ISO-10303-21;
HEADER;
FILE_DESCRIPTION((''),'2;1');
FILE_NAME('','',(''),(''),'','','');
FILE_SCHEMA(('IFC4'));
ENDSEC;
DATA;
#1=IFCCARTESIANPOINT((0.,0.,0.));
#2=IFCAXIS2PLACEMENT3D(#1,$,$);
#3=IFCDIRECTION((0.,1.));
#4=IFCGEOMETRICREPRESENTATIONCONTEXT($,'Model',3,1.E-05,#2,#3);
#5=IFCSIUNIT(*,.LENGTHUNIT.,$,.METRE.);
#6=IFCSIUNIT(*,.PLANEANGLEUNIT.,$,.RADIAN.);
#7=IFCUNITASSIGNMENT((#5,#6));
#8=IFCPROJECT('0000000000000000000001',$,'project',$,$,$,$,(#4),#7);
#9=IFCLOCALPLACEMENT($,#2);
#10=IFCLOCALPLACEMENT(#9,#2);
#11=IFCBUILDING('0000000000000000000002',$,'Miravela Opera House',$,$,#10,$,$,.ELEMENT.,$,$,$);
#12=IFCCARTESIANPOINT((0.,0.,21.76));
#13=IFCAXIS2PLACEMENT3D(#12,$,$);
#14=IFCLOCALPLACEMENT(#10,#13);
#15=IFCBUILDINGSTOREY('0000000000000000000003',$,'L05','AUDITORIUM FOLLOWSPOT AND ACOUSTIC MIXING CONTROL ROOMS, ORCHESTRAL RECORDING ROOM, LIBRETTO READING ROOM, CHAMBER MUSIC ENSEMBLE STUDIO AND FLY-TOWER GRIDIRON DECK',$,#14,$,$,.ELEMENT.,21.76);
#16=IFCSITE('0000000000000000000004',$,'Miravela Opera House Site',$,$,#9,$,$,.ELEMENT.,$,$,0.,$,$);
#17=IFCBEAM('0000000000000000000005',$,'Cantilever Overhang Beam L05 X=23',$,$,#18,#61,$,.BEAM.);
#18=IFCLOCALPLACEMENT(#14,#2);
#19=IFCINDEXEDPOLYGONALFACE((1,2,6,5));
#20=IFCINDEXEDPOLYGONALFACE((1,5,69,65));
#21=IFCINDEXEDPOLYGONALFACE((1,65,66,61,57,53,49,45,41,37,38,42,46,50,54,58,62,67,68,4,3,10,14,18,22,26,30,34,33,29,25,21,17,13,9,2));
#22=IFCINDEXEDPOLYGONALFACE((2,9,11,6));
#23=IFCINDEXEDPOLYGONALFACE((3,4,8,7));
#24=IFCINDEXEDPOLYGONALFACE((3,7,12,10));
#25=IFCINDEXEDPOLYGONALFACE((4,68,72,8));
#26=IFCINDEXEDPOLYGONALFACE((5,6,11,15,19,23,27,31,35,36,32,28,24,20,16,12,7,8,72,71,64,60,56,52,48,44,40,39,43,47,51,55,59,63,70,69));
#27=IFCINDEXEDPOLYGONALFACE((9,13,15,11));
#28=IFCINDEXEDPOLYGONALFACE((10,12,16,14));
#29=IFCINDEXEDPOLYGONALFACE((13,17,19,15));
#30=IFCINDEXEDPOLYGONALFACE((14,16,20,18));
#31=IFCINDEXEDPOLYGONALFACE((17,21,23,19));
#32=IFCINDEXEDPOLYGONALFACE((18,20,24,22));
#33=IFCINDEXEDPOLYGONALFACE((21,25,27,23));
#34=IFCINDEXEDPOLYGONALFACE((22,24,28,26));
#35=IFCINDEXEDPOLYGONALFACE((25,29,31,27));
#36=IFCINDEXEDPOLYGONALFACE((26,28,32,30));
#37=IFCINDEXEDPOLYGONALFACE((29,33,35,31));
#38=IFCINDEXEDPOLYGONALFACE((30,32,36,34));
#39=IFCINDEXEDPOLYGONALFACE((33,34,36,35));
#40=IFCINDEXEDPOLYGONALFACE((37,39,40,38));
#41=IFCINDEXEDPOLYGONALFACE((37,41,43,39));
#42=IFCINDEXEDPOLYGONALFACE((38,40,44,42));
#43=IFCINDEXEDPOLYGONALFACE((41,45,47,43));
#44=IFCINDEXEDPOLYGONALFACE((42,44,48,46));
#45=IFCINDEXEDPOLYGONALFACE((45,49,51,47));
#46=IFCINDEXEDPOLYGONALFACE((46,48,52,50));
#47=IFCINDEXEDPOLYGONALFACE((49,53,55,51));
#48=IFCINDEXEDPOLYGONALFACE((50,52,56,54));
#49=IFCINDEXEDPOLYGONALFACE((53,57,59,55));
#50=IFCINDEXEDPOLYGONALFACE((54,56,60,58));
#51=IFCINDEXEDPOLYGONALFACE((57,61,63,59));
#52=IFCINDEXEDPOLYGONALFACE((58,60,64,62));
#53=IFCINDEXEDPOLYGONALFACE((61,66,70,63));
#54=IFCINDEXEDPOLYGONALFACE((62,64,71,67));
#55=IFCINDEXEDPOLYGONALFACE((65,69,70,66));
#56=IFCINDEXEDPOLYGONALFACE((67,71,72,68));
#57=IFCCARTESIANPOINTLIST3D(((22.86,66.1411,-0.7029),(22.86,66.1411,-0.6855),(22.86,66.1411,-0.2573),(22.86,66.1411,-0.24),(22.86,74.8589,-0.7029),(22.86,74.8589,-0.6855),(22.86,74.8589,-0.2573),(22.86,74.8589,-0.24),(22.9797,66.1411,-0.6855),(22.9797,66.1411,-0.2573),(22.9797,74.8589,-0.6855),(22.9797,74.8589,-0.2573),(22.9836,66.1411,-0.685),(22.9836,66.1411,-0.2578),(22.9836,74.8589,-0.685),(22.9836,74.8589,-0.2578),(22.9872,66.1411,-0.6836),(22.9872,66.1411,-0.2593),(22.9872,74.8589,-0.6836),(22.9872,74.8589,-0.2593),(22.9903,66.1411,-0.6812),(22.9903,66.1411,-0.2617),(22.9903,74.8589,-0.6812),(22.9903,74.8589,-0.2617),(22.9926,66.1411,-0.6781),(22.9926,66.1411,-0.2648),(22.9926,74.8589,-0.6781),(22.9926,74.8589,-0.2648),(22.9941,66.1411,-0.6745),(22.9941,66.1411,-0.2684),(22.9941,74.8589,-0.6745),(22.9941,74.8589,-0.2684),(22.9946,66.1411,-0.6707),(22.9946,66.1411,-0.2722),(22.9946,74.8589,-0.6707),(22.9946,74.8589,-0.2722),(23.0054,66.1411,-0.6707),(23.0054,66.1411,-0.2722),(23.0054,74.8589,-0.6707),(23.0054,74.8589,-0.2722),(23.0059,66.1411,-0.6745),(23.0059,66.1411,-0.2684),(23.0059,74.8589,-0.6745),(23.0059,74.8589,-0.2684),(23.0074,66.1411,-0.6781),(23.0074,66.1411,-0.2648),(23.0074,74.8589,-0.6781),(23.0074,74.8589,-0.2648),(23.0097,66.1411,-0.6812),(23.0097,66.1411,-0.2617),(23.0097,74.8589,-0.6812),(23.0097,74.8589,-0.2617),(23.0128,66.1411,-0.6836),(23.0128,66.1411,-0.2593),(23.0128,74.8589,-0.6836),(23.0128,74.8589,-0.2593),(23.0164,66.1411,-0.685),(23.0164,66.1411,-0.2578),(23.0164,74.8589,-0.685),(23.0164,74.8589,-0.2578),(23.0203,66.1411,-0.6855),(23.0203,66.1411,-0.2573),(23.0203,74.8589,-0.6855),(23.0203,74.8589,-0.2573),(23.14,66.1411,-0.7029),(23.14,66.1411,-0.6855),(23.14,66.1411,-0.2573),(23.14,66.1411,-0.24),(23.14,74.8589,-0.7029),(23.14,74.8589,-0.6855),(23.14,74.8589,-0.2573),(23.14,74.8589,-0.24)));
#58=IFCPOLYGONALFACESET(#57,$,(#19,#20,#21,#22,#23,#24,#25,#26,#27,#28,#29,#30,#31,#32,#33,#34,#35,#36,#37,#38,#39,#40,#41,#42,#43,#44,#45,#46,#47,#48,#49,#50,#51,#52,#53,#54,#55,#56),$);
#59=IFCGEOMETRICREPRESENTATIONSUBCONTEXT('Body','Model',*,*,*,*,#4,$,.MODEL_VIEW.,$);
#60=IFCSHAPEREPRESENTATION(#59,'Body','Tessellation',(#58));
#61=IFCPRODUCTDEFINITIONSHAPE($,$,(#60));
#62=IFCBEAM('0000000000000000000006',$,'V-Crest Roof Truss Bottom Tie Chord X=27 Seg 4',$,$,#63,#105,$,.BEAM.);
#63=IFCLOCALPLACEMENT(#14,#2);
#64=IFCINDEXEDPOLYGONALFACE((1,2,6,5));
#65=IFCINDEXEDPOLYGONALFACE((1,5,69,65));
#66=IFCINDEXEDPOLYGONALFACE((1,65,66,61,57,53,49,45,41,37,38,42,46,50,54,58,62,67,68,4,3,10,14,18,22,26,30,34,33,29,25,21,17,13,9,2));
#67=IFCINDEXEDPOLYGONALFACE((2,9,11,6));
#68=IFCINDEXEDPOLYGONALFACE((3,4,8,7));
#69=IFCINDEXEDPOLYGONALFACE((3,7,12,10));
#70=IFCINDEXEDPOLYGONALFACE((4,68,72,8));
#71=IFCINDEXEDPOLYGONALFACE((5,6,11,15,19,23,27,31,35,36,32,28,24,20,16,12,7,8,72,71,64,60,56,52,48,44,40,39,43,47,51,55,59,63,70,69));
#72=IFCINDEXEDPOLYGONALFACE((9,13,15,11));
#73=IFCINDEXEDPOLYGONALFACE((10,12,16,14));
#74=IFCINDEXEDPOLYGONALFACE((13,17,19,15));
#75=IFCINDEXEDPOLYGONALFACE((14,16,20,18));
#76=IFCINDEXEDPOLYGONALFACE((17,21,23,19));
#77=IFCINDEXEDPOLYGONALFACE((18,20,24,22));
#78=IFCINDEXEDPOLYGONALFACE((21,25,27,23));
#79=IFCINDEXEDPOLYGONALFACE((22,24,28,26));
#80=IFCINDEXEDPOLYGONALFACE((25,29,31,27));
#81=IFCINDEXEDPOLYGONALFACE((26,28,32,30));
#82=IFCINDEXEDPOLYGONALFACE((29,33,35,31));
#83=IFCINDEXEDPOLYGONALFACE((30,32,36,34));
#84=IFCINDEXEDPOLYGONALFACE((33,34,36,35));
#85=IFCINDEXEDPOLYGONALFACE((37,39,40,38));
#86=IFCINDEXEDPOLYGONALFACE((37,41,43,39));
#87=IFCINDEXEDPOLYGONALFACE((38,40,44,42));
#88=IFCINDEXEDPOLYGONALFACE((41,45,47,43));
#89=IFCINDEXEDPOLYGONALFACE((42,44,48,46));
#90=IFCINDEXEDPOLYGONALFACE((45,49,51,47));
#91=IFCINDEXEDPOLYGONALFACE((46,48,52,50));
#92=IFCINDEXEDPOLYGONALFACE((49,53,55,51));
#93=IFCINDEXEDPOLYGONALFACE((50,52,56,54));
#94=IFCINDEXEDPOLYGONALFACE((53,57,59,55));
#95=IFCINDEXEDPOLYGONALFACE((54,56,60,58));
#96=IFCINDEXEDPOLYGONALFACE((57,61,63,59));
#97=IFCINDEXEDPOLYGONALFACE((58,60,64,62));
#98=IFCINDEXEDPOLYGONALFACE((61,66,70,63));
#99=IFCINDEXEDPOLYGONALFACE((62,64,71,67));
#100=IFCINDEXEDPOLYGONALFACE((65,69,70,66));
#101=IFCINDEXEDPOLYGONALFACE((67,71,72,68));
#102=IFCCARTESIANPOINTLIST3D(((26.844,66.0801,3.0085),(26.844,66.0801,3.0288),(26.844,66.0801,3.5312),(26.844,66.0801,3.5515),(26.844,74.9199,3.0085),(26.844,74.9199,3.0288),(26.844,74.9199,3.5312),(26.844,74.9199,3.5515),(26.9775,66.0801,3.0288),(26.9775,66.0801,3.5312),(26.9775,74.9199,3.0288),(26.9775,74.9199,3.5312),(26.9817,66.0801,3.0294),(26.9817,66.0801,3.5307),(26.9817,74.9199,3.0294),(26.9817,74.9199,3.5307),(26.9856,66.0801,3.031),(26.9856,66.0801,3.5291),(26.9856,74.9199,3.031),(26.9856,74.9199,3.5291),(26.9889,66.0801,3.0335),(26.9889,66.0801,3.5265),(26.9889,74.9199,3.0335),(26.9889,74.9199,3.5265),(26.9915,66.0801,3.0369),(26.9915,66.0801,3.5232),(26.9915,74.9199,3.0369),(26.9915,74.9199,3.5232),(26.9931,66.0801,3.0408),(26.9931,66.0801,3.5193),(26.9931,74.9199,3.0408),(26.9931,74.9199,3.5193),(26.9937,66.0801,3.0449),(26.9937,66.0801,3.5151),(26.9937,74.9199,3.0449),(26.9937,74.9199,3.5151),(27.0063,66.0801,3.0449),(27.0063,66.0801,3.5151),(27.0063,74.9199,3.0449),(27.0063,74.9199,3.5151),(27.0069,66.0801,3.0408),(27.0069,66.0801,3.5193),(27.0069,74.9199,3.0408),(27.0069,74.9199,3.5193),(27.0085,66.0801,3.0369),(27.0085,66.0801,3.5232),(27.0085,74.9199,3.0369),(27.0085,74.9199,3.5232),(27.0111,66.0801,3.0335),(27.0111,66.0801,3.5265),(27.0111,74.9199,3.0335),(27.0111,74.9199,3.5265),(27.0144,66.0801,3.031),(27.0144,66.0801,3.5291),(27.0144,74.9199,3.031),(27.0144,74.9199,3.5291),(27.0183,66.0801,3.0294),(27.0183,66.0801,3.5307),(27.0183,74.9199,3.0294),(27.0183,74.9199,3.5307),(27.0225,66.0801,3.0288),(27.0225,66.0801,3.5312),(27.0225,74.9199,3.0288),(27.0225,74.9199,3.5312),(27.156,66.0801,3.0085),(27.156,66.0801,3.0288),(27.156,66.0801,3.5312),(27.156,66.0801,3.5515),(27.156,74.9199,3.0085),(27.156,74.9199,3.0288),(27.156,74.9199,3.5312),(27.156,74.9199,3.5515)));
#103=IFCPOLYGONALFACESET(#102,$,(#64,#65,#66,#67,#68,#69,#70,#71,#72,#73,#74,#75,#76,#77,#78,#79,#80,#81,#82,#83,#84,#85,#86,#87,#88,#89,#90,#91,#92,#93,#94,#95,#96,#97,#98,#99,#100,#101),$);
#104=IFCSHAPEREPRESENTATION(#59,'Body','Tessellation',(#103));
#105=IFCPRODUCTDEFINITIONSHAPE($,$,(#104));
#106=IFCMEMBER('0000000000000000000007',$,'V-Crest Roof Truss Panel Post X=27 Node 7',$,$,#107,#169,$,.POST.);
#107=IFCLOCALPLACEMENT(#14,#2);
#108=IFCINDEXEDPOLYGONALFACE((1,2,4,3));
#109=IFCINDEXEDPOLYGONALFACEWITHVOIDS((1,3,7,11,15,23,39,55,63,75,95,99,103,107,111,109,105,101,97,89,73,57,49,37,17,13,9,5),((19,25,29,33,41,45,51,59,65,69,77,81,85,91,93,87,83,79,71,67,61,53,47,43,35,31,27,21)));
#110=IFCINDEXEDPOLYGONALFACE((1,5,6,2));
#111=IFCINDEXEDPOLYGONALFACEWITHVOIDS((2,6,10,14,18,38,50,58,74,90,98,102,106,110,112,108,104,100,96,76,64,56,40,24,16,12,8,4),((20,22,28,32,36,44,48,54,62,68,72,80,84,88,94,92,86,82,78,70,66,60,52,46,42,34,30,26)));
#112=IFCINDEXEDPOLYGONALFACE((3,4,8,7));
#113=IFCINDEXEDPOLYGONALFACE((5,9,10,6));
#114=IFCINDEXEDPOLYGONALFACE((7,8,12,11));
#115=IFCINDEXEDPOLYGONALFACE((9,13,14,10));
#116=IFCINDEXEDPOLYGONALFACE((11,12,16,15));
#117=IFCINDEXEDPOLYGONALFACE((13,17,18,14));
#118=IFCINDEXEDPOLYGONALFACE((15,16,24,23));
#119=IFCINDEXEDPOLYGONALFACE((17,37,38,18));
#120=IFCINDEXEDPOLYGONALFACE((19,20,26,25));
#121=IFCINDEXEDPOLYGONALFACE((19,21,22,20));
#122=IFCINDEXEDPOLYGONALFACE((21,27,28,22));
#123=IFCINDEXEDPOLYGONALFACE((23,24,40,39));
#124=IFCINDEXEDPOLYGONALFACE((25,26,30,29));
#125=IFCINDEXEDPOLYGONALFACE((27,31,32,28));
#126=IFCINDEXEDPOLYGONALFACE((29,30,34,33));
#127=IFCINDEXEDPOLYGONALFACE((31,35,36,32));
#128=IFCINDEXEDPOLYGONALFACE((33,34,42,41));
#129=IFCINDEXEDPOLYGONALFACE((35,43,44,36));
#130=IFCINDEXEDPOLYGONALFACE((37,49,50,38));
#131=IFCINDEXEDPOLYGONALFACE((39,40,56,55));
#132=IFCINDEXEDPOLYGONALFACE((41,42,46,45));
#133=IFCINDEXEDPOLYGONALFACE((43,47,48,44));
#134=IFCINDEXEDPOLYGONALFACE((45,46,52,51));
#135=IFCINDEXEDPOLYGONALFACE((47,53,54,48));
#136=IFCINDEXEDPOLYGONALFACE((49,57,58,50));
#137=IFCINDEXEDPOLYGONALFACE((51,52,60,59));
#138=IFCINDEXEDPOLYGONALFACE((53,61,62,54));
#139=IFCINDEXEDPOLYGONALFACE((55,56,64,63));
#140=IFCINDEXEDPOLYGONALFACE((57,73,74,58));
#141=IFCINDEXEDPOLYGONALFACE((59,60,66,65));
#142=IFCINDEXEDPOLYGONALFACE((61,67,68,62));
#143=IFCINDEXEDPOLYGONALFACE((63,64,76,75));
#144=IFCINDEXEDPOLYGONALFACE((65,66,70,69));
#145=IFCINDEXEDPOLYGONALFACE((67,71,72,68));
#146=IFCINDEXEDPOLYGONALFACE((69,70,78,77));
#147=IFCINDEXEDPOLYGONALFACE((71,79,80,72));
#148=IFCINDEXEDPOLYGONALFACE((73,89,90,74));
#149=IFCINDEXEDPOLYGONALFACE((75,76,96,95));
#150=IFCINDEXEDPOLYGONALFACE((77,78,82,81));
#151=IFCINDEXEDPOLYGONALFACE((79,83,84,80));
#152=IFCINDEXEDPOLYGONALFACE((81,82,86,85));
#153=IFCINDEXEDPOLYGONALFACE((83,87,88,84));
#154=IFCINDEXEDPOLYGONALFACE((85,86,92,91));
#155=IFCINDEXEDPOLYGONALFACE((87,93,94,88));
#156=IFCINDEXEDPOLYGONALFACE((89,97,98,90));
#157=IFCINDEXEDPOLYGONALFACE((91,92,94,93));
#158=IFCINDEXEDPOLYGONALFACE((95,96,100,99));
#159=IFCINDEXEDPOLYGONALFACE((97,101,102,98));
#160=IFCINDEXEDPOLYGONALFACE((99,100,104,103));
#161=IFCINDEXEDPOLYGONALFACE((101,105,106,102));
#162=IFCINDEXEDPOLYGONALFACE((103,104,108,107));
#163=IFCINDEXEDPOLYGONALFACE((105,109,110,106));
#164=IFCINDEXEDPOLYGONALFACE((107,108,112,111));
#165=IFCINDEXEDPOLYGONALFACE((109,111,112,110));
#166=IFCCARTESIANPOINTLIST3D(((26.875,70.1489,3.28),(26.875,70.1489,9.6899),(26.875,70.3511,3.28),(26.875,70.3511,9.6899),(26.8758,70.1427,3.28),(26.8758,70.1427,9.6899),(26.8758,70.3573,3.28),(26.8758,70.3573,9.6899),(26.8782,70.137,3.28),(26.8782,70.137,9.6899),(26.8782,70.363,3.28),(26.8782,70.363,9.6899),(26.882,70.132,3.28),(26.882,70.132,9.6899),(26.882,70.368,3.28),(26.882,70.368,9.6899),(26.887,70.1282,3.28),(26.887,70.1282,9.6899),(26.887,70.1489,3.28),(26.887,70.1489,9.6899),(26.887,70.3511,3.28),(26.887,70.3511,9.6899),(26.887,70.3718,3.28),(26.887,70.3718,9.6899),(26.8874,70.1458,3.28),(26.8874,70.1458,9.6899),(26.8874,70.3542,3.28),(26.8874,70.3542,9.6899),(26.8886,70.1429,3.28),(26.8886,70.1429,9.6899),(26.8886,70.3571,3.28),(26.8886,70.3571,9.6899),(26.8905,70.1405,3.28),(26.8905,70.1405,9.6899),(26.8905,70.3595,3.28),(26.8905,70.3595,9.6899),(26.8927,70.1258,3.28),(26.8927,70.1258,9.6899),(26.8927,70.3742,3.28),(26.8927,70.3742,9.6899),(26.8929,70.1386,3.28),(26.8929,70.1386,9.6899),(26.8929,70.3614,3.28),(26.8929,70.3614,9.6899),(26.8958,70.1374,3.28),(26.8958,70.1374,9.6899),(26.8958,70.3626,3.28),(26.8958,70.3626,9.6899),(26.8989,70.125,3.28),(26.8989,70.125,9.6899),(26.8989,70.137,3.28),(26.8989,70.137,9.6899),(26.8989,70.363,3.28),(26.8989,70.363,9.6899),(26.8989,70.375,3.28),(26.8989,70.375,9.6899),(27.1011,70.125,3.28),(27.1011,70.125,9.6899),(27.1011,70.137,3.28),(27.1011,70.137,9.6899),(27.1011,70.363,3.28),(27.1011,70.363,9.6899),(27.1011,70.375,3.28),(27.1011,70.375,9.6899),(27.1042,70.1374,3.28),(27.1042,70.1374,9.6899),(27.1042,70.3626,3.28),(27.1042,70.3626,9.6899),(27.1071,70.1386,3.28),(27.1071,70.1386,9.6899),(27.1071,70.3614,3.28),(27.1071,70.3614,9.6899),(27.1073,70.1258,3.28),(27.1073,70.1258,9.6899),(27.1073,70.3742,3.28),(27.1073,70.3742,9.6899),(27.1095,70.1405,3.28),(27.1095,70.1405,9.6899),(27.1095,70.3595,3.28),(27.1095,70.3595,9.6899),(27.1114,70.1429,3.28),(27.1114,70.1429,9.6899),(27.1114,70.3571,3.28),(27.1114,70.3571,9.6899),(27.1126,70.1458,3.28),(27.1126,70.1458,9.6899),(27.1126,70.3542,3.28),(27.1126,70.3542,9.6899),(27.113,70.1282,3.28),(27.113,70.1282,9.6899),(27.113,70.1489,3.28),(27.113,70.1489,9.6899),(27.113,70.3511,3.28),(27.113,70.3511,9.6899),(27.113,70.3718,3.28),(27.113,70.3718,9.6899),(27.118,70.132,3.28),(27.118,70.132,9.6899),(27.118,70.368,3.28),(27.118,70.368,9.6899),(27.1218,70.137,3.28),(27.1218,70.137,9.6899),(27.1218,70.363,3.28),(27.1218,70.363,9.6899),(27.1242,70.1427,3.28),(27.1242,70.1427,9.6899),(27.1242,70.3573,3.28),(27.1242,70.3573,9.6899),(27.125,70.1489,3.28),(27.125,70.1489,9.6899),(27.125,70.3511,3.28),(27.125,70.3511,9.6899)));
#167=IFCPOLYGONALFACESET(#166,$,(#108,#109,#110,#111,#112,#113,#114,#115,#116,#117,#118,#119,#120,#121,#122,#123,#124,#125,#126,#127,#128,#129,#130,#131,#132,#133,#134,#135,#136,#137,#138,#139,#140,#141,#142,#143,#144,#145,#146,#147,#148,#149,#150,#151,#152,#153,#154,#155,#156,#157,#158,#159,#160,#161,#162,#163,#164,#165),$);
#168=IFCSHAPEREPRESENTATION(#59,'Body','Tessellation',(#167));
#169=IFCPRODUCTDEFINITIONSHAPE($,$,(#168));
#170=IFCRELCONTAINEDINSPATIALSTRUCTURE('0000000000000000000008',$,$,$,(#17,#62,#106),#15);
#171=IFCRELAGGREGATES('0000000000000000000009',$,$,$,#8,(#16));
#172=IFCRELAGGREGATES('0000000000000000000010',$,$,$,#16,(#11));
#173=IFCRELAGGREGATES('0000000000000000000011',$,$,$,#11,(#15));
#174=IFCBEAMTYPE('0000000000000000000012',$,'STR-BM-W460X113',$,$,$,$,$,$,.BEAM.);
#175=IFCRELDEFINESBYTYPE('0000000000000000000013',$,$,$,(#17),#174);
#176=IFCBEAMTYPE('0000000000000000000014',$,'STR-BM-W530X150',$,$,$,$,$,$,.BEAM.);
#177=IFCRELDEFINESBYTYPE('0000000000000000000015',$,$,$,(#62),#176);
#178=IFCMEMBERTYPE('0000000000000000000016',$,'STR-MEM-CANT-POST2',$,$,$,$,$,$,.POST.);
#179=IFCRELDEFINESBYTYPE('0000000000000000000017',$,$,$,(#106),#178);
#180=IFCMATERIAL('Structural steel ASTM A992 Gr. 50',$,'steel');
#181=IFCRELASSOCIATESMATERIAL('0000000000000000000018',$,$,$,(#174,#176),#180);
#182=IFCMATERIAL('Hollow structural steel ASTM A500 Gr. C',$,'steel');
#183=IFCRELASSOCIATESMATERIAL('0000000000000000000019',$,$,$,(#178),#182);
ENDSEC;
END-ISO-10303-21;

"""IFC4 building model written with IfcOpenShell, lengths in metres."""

from ifc_helpers import new_model, si_unit, direction, frame, origin, origin_2d, place, context, subcontext, project, spatial, hollow_rectangle, i_section, extrude, material, material_profile, profile_set, type_object, element, save


model = new_model("IFC4")

# Units and contexts
model_context = context("Model", 3, precision=1e-05, world=origin(), true_north=direction((0.0, 1.0)))
body_context = subcontext(model_context, "Body", "Model", "MODEL_VIEW")
ifc_project = project(units=[si_unit("LENGTHUNIT", "METRE"), si_unit("PLANEANGLEUNIT", "RADIAN")], contexts=[model_context])

# Site, building, storey
site_placement = place(None, origin())
site = spatial("IfcSite", under=ifc_project, at=site_placement, Name="Miravela Opera House Site", CompositionType="ELEMENT", RefElevation=0.0)
building_placement = place(site_placement, origin())
building = spatial("IfcBuilding", under=site, at=building_placement, Name="Miravela Opera House", CompositionType="ELEMENT")
storey_placement = place(building_placement, frame((0.0, 0.0, 21.76)))
storey = spatial("IfcBuildingStorey", under=building, at=storey_placement, Name="L05", Description="AUDITORIUM FOLLOWSPOT AND ACOUSTIC MIXING CONTROL ROOMS, ORCHESTRAL RECORDING ROOM, LIBRETTO READING ROOM, CHAMBER MUSIC ENSEMBLE STUDIO AND FLY-TOWER GRIDIRON DECK", CompositionType="ELEMENT", Elevation=21.76)

# Beams
ifc_material_1 = material(Name="Structural steel ASTM A992 Gr. 50", Category="steel")
ifc_material_profile_1 = material_profile(ifc_material_1, i_section(OverallWidth=0.28, OverallDepth=0.4629, WebThickness=0.0107, FlangeThickness=0.0173, FilletRadius=0.0149, at=origin_2d()), Name="W460X113")
ifc_profile_set_1 = profile_set([ifc_material_profile_1])
beam_type_1 = type_object("IfcBeamType", Name="STR-BM-W460X113", PredefinedType="BEAM", material=ifc_profile_set_1)
for number, where, z_axis, x_axis, name in (
    (1, (23.0, 66.1411, -0.4714), (0.0, 1.0, 0.0), (-1.0, 0.0, 0.0), "Cantilever Overhang Beam L05 X=23"),
):
    element("IfcBeam", number, at=place(storey_placement, frame(where, z_axis=z_axis, x_axis=x_axis)), inside=storey, type_object=beam_type_1, Name=name, PredefinedType="BEAM", context=body_context, shape_type="SweptSolid", body=[
        extrude(i_section(OverallWidth=0.28, OverallDepth=0.4629, WebThickness=0.0107, FlangeThickness=0.0173, FilletRadius=0.0149, at=origin_2d()), origin(), (0.0, 0.0, 1.0), 8.7178),
    ])
ifc_material_profile_2 = material_profile(ifc_material_1, i_section(OverallWidth=0.312, OverallDepth=0.543, WebThickness=0.0127, FlangeThickness=0.0203, FilletRadius=0.0161, at=origin_2d()), Name="W530X150")
ifc_profile_set_2 = profile_set([ifc_material_profile_2])
beam_type_2 = type_object("IfcBeamType", Name="STR-BM-W530X150", PredefinedType="BEAM", material=ifc_profile_set_2)
beam_placement = place(storey_placement, frame((27.0, 66.0801, 3.28), z_axis=(0.0, 1.0, 0.0), x_axis=(-1.0, 0.0, 0.0)))
element("IfcBeam", 2, at=beam_placement, inside=storey, type_object=beam_type_2, Name="V-Crest Roof Truss Bottom Tie Chord X=27 Seg 4", PredefinedType="BEAM", context=body_context, shape_type="SweptSolid", body=[
    extrude(i_section(OverallWidth=0.312, OverallDepth=0.543, WebThickness=0.0127, FlangeThickness=0.0203, FilletRadius=0.0161, at=origin_2d()), origin(), (0.0, 0.0, 1.0), 8.8398),
])

# Member
ifc_material_2 = material(Name="Hollow structural steel ASTM A500 Gr. C", Category="steel")
ifc_material_profile_3 = material_profile(ifc_material_2, hollow_rectangle(XDim=0.25, YDim=0.25, WallThickness=0.012, InnerFilletRadius=0.012, OuterFilletRadius=0.0239, at=origin_2d()), Name="HSS250X250X12")
ifc_profile_set_3 = profile_set([ifc_material_profile_3])
member_type_1 = type_object("IfcMemberType", Name="STR-MEM-CANT-POST2", PredefinedType="POST", material=ifc_profile_set_3)
member_1_placement = place(storey_placement, frame((27.0, 70.25, 3.28), z_axis=(0.0, 0.0, 1.0), x_axis=(1.0, 0.0, 0.0)))
element("IfcMember", 3, at=member_1_placement, inside=storey, type_object=member_type_1, Name="V-Crest Roof Truss Panel Post X=27 Node 7", PredefinedType="POST", context=body_context, shape_type="SweptSolid", body=[
    extrude(hollow_rectangle(XDim=0.25, YDim=0.25, WallThickness=0.012, InnerFilletRadius=0.012, OuterFilletRadius=0.0239, at=origin_2d()), origin(), (0.0, 0.0, 1.0), 6.4099),
])

save(model, "model.ifc")
